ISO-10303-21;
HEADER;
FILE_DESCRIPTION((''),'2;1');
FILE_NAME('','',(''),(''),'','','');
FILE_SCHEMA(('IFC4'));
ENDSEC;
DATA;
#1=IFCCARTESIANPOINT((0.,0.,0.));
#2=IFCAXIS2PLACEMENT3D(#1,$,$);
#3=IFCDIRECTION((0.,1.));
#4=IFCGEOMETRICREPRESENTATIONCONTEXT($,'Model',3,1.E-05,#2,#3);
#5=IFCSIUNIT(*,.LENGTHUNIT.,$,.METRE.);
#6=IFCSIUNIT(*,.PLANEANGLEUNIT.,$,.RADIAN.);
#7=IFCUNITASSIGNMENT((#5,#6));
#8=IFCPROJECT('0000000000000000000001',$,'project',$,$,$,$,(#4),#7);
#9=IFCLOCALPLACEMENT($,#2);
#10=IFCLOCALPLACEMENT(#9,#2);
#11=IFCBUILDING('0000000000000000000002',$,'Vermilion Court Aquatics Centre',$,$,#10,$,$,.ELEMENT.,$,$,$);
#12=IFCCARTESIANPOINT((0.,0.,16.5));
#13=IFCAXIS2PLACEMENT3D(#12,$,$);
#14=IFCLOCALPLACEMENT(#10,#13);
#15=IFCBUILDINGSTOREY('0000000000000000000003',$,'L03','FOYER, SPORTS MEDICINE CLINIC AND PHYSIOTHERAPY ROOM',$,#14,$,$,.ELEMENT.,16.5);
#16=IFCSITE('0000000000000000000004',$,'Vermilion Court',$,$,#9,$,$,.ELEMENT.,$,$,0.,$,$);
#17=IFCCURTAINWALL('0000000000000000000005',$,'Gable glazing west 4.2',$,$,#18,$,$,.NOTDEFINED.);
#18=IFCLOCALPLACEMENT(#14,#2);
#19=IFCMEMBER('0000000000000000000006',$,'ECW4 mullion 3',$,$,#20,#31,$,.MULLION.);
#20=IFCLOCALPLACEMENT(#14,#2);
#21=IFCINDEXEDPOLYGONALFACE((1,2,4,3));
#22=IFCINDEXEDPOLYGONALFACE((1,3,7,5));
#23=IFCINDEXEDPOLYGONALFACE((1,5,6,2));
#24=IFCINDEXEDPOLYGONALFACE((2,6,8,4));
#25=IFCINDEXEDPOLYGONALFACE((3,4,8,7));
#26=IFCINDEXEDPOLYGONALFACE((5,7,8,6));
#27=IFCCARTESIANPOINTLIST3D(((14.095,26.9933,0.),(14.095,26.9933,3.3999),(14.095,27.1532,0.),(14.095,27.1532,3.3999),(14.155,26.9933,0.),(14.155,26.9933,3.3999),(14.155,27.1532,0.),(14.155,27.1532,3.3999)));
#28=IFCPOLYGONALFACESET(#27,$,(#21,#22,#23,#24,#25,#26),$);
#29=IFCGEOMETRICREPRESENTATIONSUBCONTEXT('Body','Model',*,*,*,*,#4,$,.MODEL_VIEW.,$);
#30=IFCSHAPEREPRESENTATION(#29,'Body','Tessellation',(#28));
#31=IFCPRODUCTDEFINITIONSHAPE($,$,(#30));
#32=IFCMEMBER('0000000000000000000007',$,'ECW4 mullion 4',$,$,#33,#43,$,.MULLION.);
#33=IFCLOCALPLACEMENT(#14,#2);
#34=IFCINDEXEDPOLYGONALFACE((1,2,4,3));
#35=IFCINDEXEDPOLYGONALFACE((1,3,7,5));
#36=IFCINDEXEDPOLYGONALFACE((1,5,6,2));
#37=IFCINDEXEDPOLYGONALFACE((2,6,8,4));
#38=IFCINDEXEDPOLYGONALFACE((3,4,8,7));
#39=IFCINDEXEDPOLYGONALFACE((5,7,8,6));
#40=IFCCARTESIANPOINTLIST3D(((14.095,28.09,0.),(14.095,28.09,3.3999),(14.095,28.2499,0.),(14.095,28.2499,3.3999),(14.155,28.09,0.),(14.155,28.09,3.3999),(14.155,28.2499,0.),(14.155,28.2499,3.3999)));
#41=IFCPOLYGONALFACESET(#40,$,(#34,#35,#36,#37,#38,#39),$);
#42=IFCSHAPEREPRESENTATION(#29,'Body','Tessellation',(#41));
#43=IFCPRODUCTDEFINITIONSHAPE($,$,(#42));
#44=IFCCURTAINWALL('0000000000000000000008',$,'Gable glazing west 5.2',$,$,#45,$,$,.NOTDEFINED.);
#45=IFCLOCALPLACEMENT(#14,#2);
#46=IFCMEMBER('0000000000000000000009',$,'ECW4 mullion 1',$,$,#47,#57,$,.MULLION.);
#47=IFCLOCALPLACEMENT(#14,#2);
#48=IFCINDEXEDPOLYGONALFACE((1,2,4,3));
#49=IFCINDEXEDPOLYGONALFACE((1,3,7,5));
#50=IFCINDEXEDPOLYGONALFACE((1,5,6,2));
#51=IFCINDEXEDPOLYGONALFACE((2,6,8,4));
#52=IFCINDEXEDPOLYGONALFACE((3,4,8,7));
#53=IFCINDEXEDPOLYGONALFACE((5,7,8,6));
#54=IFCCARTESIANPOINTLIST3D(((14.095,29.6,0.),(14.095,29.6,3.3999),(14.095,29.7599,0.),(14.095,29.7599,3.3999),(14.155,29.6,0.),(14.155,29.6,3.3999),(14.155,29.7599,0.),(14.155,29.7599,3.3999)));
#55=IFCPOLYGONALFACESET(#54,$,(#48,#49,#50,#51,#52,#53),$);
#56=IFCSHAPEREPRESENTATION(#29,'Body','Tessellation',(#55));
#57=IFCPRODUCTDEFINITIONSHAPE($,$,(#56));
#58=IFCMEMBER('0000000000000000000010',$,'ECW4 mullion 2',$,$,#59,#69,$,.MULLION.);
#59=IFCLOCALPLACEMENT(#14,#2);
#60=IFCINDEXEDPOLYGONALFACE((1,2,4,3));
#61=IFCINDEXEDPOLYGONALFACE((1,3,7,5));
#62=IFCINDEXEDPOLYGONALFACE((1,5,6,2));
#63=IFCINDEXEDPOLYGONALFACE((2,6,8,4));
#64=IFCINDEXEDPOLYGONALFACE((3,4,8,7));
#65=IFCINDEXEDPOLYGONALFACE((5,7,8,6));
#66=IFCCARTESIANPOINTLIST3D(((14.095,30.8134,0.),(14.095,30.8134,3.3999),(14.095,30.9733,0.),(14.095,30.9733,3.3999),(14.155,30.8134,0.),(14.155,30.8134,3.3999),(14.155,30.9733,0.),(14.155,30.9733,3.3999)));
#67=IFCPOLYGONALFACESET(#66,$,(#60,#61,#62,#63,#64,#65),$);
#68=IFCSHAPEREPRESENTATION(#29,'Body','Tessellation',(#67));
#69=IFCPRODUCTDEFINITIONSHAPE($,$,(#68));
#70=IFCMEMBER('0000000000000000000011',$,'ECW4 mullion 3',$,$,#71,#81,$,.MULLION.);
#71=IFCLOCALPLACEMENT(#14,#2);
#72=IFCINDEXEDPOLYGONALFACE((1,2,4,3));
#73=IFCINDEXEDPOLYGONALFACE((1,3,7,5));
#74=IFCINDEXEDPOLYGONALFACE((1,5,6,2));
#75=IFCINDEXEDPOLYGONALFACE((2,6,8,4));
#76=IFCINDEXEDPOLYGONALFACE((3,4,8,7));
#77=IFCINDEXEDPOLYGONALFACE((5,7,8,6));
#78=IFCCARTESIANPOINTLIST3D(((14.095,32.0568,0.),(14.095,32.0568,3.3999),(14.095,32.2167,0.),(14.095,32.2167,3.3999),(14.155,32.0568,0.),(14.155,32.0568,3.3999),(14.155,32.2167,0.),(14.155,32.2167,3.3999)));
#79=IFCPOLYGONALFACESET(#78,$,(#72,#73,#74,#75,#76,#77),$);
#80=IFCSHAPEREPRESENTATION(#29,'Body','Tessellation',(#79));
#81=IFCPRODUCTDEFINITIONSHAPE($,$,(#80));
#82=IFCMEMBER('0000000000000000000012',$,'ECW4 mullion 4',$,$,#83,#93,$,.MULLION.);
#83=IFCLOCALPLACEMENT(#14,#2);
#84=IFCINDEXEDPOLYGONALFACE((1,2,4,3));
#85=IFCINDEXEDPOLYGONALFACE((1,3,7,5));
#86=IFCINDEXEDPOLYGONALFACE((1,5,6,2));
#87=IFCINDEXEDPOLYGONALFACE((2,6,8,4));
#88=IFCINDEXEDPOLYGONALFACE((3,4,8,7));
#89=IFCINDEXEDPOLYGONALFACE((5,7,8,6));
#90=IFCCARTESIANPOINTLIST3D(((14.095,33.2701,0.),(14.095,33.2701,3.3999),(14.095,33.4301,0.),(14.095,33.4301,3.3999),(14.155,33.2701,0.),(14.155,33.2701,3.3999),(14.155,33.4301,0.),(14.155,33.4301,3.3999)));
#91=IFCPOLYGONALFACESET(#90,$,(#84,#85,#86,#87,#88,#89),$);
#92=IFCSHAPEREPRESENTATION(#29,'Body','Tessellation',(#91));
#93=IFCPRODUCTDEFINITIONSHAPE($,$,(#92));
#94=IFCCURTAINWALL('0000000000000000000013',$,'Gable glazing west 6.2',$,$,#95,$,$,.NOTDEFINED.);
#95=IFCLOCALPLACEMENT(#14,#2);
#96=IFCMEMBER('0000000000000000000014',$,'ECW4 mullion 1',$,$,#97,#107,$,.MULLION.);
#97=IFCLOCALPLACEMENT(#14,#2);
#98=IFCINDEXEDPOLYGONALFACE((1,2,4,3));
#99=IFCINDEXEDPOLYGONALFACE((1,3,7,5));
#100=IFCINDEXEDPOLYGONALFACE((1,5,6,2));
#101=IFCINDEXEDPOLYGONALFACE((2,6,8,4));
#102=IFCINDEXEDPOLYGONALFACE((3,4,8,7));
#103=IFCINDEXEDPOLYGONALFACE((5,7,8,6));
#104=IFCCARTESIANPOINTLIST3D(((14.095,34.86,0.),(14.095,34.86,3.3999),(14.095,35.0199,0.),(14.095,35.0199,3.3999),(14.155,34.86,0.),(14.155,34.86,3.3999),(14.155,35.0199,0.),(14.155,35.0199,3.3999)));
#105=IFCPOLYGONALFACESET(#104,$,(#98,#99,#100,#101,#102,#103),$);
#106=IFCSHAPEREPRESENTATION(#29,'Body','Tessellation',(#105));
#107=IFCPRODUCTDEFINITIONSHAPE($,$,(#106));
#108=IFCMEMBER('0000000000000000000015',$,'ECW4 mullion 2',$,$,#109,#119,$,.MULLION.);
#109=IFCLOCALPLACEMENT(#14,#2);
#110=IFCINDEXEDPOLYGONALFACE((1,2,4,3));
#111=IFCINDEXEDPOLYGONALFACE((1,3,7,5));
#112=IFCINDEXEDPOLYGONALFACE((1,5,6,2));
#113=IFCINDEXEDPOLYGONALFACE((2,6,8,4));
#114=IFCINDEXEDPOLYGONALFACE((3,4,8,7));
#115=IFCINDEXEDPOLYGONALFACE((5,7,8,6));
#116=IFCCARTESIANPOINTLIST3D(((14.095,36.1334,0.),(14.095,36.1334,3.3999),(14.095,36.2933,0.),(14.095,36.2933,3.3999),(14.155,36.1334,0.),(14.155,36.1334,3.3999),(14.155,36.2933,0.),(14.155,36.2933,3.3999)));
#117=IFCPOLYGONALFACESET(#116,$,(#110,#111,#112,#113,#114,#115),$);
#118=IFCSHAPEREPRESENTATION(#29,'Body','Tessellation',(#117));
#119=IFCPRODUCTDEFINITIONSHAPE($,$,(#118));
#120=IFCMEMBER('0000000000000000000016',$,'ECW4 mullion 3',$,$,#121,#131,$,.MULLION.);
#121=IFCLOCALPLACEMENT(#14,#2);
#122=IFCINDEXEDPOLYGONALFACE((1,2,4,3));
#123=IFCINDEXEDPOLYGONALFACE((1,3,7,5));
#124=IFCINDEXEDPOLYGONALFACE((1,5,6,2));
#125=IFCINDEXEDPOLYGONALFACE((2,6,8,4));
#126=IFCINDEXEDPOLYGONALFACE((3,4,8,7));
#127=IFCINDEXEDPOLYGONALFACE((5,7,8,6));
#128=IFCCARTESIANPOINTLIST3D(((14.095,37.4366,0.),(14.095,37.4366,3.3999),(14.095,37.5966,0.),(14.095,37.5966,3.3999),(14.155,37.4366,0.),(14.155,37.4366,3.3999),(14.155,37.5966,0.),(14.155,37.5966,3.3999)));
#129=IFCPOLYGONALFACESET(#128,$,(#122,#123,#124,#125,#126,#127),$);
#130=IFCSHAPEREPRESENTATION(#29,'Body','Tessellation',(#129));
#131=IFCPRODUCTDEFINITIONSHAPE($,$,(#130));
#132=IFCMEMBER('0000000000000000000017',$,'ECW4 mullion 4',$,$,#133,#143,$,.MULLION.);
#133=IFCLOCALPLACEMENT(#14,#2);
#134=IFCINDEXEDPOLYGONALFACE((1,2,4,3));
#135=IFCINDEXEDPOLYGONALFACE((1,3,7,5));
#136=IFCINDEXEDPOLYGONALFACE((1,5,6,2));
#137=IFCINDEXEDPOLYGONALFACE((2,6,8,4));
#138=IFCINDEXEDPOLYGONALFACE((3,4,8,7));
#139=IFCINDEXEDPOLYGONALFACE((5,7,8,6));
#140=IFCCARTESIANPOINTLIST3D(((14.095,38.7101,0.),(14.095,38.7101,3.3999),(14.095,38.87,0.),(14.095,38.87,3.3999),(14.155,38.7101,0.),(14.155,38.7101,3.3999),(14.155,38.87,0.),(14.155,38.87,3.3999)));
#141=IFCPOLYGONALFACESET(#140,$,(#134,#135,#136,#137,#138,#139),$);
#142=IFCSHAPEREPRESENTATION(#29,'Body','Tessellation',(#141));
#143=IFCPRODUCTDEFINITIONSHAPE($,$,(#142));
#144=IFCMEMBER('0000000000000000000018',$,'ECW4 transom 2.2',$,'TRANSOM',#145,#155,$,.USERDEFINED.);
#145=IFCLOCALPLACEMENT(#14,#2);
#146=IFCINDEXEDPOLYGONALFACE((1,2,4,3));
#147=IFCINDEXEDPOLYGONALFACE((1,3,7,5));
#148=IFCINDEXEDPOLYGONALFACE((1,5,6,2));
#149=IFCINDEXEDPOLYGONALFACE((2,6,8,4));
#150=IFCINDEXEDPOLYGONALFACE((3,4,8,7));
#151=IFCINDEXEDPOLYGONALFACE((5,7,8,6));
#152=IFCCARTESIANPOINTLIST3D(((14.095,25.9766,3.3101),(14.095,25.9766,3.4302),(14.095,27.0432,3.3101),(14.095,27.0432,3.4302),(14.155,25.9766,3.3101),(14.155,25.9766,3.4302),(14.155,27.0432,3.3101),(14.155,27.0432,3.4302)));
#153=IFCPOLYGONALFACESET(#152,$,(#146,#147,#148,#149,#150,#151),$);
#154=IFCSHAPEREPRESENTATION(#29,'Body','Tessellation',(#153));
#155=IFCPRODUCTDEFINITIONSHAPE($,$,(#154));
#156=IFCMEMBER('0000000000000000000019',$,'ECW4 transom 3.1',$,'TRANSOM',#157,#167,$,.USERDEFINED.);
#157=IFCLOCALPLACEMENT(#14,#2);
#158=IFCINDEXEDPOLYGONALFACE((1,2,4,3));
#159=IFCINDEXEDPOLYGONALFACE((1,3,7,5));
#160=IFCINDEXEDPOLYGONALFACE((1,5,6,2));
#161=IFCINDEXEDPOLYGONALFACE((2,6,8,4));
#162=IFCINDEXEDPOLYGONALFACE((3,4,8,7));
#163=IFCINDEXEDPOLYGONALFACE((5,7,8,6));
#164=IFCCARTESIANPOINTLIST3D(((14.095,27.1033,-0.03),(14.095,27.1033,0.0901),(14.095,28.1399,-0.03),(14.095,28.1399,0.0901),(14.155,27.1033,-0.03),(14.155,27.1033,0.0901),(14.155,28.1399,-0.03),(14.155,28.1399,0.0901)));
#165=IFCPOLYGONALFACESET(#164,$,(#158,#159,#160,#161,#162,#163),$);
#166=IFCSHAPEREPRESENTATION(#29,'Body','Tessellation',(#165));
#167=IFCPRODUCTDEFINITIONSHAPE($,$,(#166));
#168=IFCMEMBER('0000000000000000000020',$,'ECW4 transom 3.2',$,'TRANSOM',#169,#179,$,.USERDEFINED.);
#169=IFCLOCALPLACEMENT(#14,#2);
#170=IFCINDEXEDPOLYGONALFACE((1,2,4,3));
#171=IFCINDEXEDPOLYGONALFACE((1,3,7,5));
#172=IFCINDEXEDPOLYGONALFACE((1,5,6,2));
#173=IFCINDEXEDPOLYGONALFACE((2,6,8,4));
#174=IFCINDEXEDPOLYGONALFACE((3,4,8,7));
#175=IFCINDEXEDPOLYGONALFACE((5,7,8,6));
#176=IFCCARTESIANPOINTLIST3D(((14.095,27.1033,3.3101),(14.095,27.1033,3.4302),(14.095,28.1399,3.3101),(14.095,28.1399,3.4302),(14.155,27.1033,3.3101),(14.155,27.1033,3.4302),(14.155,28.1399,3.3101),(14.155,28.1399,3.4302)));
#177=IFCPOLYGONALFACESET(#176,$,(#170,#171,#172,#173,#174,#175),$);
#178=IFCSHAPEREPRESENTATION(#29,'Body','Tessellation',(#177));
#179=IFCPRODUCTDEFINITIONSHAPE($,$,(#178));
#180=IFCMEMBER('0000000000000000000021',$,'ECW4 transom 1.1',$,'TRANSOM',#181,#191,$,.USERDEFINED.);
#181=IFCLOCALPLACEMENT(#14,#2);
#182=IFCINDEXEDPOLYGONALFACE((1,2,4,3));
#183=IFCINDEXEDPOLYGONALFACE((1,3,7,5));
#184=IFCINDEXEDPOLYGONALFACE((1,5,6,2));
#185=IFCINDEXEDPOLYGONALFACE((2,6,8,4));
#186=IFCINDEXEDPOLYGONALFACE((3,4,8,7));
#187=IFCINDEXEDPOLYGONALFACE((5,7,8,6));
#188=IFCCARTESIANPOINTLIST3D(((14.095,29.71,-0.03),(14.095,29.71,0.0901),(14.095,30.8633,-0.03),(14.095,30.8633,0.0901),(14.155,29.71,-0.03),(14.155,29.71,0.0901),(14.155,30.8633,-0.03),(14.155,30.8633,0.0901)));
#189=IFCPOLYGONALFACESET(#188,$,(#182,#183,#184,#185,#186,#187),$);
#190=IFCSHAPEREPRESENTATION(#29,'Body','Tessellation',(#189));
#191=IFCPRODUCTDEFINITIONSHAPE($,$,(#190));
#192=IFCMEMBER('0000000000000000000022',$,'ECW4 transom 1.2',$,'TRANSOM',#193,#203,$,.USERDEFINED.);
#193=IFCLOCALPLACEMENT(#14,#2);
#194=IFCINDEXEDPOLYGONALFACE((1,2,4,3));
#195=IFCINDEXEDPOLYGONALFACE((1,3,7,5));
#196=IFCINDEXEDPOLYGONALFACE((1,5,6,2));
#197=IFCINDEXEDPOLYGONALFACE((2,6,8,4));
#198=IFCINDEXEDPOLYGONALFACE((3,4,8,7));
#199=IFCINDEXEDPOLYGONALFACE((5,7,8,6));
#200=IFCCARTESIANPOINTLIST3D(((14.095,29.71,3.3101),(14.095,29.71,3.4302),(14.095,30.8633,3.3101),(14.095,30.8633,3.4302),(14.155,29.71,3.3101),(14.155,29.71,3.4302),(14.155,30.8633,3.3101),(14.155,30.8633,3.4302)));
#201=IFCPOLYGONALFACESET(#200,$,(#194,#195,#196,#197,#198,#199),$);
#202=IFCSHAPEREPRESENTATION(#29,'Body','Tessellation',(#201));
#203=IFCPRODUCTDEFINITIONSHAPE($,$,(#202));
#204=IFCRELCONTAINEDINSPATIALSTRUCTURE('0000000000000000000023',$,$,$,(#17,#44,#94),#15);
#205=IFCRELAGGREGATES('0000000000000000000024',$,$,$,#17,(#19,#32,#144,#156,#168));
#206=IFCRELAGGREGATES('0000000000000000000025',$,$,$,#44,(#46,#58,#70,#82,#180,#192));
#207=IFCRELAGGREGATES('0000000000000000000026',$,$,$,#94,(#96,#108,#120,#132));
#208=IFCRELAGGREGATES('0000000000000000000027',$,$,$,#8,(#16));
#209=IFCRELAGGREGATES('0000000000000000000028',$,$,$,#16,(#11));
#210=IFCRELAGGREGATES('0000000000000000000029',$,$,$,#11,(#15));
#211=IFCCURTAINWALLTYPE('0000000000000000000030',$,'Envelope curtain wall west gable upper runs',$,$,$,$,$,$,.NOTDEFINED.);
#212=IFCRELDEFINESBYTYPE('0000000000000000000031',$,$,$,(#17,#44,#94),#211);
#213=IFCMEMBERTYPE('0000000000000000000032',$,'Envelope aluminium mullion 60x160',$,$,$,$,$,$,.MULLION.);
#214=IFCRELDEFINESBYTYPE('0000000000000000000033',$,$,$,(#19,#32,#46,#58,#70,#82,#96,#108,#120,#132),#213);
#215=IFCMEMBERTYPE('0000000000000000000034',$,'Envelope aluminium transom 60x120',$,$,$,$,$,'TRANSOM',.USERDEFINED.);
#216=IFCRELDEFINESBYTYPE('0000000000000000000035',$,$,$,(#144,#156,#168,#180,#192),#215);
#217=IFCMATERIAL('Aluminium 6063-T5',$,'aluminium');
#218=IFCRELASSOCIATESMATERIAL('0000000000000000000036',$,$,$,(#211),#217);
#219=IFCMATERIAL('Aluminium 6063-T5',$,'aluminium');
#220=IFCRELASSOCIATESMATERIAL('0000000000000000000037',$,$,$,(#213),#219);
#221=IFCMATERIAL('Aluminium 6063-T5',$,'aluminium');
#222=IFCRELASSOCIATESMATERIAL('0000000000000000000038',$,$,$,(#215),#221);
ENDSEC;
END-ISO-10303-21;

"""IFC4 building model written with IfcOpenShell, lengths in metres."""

from ifc_helpers import new_model, si_unit, direction, frame, origin, origin_2d, place, context, subcontext, project, spatial, rectangle, extrude, material, material_profile, profile_set, type_object, element, aggregate, save


model = new_model("IFC4")

# Units and contexts
model_context = context("Model", 3, precision=1e-05, world=origin(), true_north=direction((0.0, 1.0)))
body_context = subcontext(model_context, "Body", "Model", "MODEL_VIEW")
ifc_project = project(units=[si_unit("LENGTHUNIT", "METRE"), si_unit("PLANEANGLEUNIT", "RADIAN")], contexts=[model_context])

# Site, building, storey
site_placement = place(None, origin())
site = spatial("IfcSite", under=ifc_project, at=site_placement, Name="Vermilion Court", CompositionType="ELEMENT", RefElevation=0.0)
building_placement = place(site_placement, origin())
building = spatial("IfcBuilding", under=site, at=building_placement, Name="Vermilion Court Aquatics Centre", CompositionType="ELEMENT")
storey_placement = place(building_placement, frame((0.0, 0.0, 16.5)))
storey = spatial("IfcBuildingStorey", under=building, at=storey_placement, Name="L03", Description="FOYER, SPORTS MEDICINE CLINIC AND PHYSIOTHERAPY ROOM", CompositionType="ELEMENT", Elevation=16.5)

# Curtain walls, members
ifc_material_1 = material(Name="Aluminium 6063-T5", Category="aluminium")
curtain_wall_type = type_object("IfcCurtainWallType", Name="Envelope curtain wall west gable upper runs", PredefinedType="NOTDEFINED", material=ifc_material_1)
curtain_wall_1_placement = place(storey_placement, origin())
curtain_wall_1 = element("IfcCurtainWall", 1, at=curtain_wall_1_placement, inside=storey, type_object=curtain_wall_type, Name="Gable glazing west 4.2", PredefinedType="NOTDEFINED")
ifc_material_2 = material(Name="Aluminium 6063-T5", Category="aluminium")
ifc_material_profile_1 = material_profile(ifc_material_2, rectangle(XDim=0.0601, YDim=0.1599, at=origin_2d()), Name="AL 60x160")
ifc_profile_set_1 = profile_set([ifc_material_profile_1], Name="Aluminium 6063-T5")
member_type_1 = type_object("IfcMemberType", Name="Envelope aluminium mullion 60x160", PredefinedType="MULLION", material=ifc_profile_set_1)
member_1_placement = place(storey_placement, frame((14.125, 27.0732, 0.0), z_axis=(0.0, 0.0, 1.0), x_axis=(-1.0, 0.0, 0.0)))
member_1 = element("IfcMember", 2, at=member_1_placement, type_object=member_type_1, Name="ECW4 mullion 3", PredefinedType="MULLION", context=body_context, shape_type="SweptSolid", body=[
    extrude(rectangle(XDim=0.0601, YDim=0.1599, at=origin_2d()), origin(), (0.0, 0.0, 1.0), 3.3999),
])
member_2_placement = place(storey_placement, frame((14.125, 28.1699, 0.0), z_axis=(0.0, 0.0, 1.0), x_axis=(-1.0, 0.0, 0.0)))
member_2 = element("IfcMember", 3, at=member_2_placement, type_object=member_type_1, Name="ECW4 mullion 4", PredefinedType="MULLION", context=body_context, shape_type="SweptSolid", body=[
    extrude(rectangle(XDim=0.0601, YDim=0.1599, at=origin_2d()), origin(), (0.0, 0.0, 1.0), 3.3999),
])
curtain_wall_2_placement = place(storey_placement, origin())
curtain_wall_2 = element("IfcCurtainWall", 4, at=curtain_wall_2_placement, inside=storey, type_object=curtain_wall_type, Name="Gable glazing west 5.2", PredefinedType="NOTDEFINED")
member_3_placement = place(storey_placement, frame((14.125, 29.6799, 0.0), z_axis=(0.0, 0.0, 1.0), x_axis=(-1.0, 0.0, 0.0)))
member_3 = element("IfcMember", 5, at=member_3_placement, type_object=member_type_1, Name="ECW4 mullion 1", PredefinedType="MULLION", context=body_context, shape_type="SweptSolid", body=[
    extrude(rectangle(XDim=0.0601, YDim=0.1599, at=origin_2d()), origin(), (0.0, 0.0, 1.0), 3.3999),
])
member_4_placement = place(storey_placement, frame((14.125, 30.8933, 0.0), z_axis=(0.0, 0.0, 1.0), x_axis=(-1.0, 0.0, 0.0)))
member_4 = element("IfcMember", 6, at=member_4_placement, type_object=member_type_1, Name="ECW4 mullion 2", PredefinedType="MULLION", context=body_context, shape_type="SweptSolid", body=[
    extrude(rectangle(XDim=0.0601, YDim=0.1599, at=origin_2d()), origin(), (0.0, 0.0, 1.0), 3.3999),
])
member_5_placement = place(storey_placement, frame((14.125, 32.1367, 0.0), z_axis=(0.0, 0.0, 1.0), x_axis=(-1.0, 0.0, 0.0)))
member_5 = element("IfcMember", 7, at=member_5_placement, type_object=member_type_1, Name="ECW4 mullion 3", PredefinedType="MULLION", context=body_context, shape_type="SweptSolid", body=[
    extrude(rectangle(XDim=0.0601, YDim=0.1599, at=origin_2d()), origin(), (0.0, 0.0, 1.0), 3.3999),
])
member_6_placement = place(storey_placement, frame((14.125, 33.3501, 0.0), z_axis=(0.0, 0.0, 1.0), x_axis=(-1.0, 0.0, 0.0)))
member_6 = element("IfcMember", 8, at=member_6_placement, type_object=member_type_1, Name="ECW4 mullion 4", PredefinedType="MULLION", context=body_context, shape_type="SweptSolid", body=[
    extrude(rectangle(XDim=0.0601, YDim=0.1599, at=origin_2d()), origin(), (0.0, 0.0, 1.0), 3.3999),
])
curtain_wall_3_placement = place(storey_placement, origin())
curtain_wall_3 = element("IfcCurtainWall", 9, at=curtain_wall_3_placement, inside=storey, type_object=curtain_wall_type, Name="Gable glazing west 6.2", PredefinedType="NOTDEFINED")
member_7_placement = place(storey_placement, frame((14.125, 34.9399, 0.0), z_axis=(0.0, 0.0, 1.0), x_axis=(-1.0, 0.0, 0.0)))
member_7 = element("IfcMember", 10, at=member_7_placement, type_object=member_type_1, Name="ECW4 mullion 1", PredefinedType="MULLION", context=body_context, shape_type="SweptSolid", body=[
    extrude(rectangle(XDim=0.0601, YDim=0.1599, at=origin_2d()), origin(), (0.0, 0.0, 1.0), 3.3999),
])
member_8_placement = place(storey_placement, frame((14.125, 36.2134, 0.0), z_axis=(0.0, 0.0, 1.0), x_axis=(-1.0, 0.0, 0.0)))
member_8 = element("IfcMember", 11, at=member_8_placement, type_object=member_type_1, Name="ECW4 mullion 2", PredefinedType="MULLION", context=body_context, shape_type="SweptSolid", body=[
    extrude(rectangle(XDim=0.0601, YDim=0.1599, at=origin_2d()), origin(), (0.0, 0.0, 1.0), 3.3999),
])
member_9_placement = place(storey_placement, frame((14.125, 37.5166, 0.0), z_axis=(0.0, 0.0, 1.0), x_axis=(-1.0, 0.0, 0.0)))
member_9 = element("IfcMember", 12, at=member_9_placement, type_object=member_type_1, Name="ECW4 mullion 3", PredefinedType="MULLION", context=body_context, shape_type="SweptSolid", body=[
    extrude(rectangle(XDim=0.0601, YDim=0.1599, at=origin_2d()), origin(), (0.0, 0.0, 1.0), 3.3999),
])
member_10_placement = place(storey_placement, frame((14.125, 38.79, 0.0), z_axis=(0.0, 0.0, 1.0), x_axis=(-1.0, 0.0, 0.0)))
member_10 = element("IfcMember", 13, at=member_10_placement, type_object=member_type_1, Name="ECW4 mullion 4", PredefinedType="MULLION", context=body_context, shape_type="SweptSolid", body=[
    extrude(rectangle(XDim=0.0601, YDim=0.1599, at=origin_2d()), origin(), (0.0, 0.0, 1.0), 3.3999),
])

# Members
ifc_material_3 = material(Name="Aluminium 6063-T5", Category="aluminium")
ifc_material_profile_2 = material_profile(ifc_material_3, rectangle(XDim=0.0601, YDim=0.1201, at=origin_2d()), Name="AL 60x120")
ifc_profile_set_2 = profile_set([ifc_material_profile_2], Name="Aluminium 6063-T5")
member_type_2 = type_object("IfcMemberType", Name="Envelope aluminium transom 60x120", ElementType="TRANSOM", PredefinedType="USERDEFINED", material=ifc_profile_set_2)
member_11_placement = place(storey_placement, frame((14.125, 25.9766, 3.3701), z_axis=(0.0, 1.0, 0.0), x_axis=(-1.0, 0.0, 0.0)))
member_11 = element("IfcMember", 14, at=member_11_placement, type_object=member_type_2, Name="ECW4 transom 2.2", ObjectType="TRANSOM", PredefinedType="USERDEFINED", context=body_context, shape_type="SweptSolid", body=[
    extrude(rectangle(XDim=0.0601, YDim=0.1201, at=origin_2d()), origin(), (0.0, 0.0, 1.0), 1.0667),
])
member_12_placement = place(storey_placement, frame((14.125, 27.1033, 0.03), z_axis=(0.0, 1.0, 0.0), x_axis=(-1.0, 0.0, 0.0)))
member_12 = element("IfcMember", 15, at=member_12_placement, type_object=member_type_2, Name="ECW4 transom 3.1", ObjectType="TRANSOM", PredefinedType="USERDEFINED", context=body_context, shape_type="SweptSolid", body=[
    extrude(rectangle(XDim=0.0601, YDim=0.1201, at=origin_2d()), origin(), (0.0, 0.0, 1.0), 1.0366),
])
member_13_placement = place(storey_placement, frame((14.125, 27.1033, 3.3701), z_axis=(0.0, 1.0, 0.0), x_axis=(-1.0, 0.0, 0.0)))
member_13 = element("IfcMember", 16, at=member_13_placement, type_object=member_type_2, Name="ECW4 transom 3.2", ObjectType="TRANSOM", PredefinedType="USERDEFINED", context=body_context, shape_type="SweptSolid", body=[
    extrude(rectangle(XDim=0.0601, YDim=0.1201, at=origin_2d()), origin(), (0.0, 0.0, 1.0), 1.0366),
])
member_14_placement = place(storey_placement, frame((14.125, 29.71, 0.03), z_axis=(0.0, 1.0, 0.0), x_axis=(-1.0, 0.0, 0.0)))
member_14 = element("IfcMember", 17, at=member_14_placement, type_object=member_type_2, Name="ECW4 transom 1.1", ObjectType="TRANSOM", PredefinedType="USERDEFINED", context=body_context, shape_type="SweptSolid", body=[
    extrude(rectangle(XDim=0.0601, YDim=0.1201, at=origin_2d()), origin(), (0.0, 0.0, 1.0), 1.1533),
])
member_15_placement = place(storey_placement, frame((14.125, 29.71, 3.3701), z_axis=(0.0, 1.0, 0.0), x_axis=(-1.0, 0.0, 0.0)))
member_15 = element("IfcMember", 18, at=member_15_placement, type_object=member_type_2, Name="ECW4 transom 1.2", ObjectType="TRANSOM", PredefinedType="USERDEFINED", context=body_context, shape_type="SweptSolid", body=[
    extrude(rectangle(XDim=0.0601, YDim=0.1201, at=origin_2d()), origin(), (0.0, 0.0, 1.0), 1.1533),
])

aggregate(curtain_wall_1, [member_1, member_2, member_11, member_12, member_13])
aggregate(curtain_wall_2, [member_3, member_4, member_5, member_6, member_14, member_15])
aggregate(curtain_wall_3, [member_7, member_8, member_9, member_10])

save(model, "model.ifc")
